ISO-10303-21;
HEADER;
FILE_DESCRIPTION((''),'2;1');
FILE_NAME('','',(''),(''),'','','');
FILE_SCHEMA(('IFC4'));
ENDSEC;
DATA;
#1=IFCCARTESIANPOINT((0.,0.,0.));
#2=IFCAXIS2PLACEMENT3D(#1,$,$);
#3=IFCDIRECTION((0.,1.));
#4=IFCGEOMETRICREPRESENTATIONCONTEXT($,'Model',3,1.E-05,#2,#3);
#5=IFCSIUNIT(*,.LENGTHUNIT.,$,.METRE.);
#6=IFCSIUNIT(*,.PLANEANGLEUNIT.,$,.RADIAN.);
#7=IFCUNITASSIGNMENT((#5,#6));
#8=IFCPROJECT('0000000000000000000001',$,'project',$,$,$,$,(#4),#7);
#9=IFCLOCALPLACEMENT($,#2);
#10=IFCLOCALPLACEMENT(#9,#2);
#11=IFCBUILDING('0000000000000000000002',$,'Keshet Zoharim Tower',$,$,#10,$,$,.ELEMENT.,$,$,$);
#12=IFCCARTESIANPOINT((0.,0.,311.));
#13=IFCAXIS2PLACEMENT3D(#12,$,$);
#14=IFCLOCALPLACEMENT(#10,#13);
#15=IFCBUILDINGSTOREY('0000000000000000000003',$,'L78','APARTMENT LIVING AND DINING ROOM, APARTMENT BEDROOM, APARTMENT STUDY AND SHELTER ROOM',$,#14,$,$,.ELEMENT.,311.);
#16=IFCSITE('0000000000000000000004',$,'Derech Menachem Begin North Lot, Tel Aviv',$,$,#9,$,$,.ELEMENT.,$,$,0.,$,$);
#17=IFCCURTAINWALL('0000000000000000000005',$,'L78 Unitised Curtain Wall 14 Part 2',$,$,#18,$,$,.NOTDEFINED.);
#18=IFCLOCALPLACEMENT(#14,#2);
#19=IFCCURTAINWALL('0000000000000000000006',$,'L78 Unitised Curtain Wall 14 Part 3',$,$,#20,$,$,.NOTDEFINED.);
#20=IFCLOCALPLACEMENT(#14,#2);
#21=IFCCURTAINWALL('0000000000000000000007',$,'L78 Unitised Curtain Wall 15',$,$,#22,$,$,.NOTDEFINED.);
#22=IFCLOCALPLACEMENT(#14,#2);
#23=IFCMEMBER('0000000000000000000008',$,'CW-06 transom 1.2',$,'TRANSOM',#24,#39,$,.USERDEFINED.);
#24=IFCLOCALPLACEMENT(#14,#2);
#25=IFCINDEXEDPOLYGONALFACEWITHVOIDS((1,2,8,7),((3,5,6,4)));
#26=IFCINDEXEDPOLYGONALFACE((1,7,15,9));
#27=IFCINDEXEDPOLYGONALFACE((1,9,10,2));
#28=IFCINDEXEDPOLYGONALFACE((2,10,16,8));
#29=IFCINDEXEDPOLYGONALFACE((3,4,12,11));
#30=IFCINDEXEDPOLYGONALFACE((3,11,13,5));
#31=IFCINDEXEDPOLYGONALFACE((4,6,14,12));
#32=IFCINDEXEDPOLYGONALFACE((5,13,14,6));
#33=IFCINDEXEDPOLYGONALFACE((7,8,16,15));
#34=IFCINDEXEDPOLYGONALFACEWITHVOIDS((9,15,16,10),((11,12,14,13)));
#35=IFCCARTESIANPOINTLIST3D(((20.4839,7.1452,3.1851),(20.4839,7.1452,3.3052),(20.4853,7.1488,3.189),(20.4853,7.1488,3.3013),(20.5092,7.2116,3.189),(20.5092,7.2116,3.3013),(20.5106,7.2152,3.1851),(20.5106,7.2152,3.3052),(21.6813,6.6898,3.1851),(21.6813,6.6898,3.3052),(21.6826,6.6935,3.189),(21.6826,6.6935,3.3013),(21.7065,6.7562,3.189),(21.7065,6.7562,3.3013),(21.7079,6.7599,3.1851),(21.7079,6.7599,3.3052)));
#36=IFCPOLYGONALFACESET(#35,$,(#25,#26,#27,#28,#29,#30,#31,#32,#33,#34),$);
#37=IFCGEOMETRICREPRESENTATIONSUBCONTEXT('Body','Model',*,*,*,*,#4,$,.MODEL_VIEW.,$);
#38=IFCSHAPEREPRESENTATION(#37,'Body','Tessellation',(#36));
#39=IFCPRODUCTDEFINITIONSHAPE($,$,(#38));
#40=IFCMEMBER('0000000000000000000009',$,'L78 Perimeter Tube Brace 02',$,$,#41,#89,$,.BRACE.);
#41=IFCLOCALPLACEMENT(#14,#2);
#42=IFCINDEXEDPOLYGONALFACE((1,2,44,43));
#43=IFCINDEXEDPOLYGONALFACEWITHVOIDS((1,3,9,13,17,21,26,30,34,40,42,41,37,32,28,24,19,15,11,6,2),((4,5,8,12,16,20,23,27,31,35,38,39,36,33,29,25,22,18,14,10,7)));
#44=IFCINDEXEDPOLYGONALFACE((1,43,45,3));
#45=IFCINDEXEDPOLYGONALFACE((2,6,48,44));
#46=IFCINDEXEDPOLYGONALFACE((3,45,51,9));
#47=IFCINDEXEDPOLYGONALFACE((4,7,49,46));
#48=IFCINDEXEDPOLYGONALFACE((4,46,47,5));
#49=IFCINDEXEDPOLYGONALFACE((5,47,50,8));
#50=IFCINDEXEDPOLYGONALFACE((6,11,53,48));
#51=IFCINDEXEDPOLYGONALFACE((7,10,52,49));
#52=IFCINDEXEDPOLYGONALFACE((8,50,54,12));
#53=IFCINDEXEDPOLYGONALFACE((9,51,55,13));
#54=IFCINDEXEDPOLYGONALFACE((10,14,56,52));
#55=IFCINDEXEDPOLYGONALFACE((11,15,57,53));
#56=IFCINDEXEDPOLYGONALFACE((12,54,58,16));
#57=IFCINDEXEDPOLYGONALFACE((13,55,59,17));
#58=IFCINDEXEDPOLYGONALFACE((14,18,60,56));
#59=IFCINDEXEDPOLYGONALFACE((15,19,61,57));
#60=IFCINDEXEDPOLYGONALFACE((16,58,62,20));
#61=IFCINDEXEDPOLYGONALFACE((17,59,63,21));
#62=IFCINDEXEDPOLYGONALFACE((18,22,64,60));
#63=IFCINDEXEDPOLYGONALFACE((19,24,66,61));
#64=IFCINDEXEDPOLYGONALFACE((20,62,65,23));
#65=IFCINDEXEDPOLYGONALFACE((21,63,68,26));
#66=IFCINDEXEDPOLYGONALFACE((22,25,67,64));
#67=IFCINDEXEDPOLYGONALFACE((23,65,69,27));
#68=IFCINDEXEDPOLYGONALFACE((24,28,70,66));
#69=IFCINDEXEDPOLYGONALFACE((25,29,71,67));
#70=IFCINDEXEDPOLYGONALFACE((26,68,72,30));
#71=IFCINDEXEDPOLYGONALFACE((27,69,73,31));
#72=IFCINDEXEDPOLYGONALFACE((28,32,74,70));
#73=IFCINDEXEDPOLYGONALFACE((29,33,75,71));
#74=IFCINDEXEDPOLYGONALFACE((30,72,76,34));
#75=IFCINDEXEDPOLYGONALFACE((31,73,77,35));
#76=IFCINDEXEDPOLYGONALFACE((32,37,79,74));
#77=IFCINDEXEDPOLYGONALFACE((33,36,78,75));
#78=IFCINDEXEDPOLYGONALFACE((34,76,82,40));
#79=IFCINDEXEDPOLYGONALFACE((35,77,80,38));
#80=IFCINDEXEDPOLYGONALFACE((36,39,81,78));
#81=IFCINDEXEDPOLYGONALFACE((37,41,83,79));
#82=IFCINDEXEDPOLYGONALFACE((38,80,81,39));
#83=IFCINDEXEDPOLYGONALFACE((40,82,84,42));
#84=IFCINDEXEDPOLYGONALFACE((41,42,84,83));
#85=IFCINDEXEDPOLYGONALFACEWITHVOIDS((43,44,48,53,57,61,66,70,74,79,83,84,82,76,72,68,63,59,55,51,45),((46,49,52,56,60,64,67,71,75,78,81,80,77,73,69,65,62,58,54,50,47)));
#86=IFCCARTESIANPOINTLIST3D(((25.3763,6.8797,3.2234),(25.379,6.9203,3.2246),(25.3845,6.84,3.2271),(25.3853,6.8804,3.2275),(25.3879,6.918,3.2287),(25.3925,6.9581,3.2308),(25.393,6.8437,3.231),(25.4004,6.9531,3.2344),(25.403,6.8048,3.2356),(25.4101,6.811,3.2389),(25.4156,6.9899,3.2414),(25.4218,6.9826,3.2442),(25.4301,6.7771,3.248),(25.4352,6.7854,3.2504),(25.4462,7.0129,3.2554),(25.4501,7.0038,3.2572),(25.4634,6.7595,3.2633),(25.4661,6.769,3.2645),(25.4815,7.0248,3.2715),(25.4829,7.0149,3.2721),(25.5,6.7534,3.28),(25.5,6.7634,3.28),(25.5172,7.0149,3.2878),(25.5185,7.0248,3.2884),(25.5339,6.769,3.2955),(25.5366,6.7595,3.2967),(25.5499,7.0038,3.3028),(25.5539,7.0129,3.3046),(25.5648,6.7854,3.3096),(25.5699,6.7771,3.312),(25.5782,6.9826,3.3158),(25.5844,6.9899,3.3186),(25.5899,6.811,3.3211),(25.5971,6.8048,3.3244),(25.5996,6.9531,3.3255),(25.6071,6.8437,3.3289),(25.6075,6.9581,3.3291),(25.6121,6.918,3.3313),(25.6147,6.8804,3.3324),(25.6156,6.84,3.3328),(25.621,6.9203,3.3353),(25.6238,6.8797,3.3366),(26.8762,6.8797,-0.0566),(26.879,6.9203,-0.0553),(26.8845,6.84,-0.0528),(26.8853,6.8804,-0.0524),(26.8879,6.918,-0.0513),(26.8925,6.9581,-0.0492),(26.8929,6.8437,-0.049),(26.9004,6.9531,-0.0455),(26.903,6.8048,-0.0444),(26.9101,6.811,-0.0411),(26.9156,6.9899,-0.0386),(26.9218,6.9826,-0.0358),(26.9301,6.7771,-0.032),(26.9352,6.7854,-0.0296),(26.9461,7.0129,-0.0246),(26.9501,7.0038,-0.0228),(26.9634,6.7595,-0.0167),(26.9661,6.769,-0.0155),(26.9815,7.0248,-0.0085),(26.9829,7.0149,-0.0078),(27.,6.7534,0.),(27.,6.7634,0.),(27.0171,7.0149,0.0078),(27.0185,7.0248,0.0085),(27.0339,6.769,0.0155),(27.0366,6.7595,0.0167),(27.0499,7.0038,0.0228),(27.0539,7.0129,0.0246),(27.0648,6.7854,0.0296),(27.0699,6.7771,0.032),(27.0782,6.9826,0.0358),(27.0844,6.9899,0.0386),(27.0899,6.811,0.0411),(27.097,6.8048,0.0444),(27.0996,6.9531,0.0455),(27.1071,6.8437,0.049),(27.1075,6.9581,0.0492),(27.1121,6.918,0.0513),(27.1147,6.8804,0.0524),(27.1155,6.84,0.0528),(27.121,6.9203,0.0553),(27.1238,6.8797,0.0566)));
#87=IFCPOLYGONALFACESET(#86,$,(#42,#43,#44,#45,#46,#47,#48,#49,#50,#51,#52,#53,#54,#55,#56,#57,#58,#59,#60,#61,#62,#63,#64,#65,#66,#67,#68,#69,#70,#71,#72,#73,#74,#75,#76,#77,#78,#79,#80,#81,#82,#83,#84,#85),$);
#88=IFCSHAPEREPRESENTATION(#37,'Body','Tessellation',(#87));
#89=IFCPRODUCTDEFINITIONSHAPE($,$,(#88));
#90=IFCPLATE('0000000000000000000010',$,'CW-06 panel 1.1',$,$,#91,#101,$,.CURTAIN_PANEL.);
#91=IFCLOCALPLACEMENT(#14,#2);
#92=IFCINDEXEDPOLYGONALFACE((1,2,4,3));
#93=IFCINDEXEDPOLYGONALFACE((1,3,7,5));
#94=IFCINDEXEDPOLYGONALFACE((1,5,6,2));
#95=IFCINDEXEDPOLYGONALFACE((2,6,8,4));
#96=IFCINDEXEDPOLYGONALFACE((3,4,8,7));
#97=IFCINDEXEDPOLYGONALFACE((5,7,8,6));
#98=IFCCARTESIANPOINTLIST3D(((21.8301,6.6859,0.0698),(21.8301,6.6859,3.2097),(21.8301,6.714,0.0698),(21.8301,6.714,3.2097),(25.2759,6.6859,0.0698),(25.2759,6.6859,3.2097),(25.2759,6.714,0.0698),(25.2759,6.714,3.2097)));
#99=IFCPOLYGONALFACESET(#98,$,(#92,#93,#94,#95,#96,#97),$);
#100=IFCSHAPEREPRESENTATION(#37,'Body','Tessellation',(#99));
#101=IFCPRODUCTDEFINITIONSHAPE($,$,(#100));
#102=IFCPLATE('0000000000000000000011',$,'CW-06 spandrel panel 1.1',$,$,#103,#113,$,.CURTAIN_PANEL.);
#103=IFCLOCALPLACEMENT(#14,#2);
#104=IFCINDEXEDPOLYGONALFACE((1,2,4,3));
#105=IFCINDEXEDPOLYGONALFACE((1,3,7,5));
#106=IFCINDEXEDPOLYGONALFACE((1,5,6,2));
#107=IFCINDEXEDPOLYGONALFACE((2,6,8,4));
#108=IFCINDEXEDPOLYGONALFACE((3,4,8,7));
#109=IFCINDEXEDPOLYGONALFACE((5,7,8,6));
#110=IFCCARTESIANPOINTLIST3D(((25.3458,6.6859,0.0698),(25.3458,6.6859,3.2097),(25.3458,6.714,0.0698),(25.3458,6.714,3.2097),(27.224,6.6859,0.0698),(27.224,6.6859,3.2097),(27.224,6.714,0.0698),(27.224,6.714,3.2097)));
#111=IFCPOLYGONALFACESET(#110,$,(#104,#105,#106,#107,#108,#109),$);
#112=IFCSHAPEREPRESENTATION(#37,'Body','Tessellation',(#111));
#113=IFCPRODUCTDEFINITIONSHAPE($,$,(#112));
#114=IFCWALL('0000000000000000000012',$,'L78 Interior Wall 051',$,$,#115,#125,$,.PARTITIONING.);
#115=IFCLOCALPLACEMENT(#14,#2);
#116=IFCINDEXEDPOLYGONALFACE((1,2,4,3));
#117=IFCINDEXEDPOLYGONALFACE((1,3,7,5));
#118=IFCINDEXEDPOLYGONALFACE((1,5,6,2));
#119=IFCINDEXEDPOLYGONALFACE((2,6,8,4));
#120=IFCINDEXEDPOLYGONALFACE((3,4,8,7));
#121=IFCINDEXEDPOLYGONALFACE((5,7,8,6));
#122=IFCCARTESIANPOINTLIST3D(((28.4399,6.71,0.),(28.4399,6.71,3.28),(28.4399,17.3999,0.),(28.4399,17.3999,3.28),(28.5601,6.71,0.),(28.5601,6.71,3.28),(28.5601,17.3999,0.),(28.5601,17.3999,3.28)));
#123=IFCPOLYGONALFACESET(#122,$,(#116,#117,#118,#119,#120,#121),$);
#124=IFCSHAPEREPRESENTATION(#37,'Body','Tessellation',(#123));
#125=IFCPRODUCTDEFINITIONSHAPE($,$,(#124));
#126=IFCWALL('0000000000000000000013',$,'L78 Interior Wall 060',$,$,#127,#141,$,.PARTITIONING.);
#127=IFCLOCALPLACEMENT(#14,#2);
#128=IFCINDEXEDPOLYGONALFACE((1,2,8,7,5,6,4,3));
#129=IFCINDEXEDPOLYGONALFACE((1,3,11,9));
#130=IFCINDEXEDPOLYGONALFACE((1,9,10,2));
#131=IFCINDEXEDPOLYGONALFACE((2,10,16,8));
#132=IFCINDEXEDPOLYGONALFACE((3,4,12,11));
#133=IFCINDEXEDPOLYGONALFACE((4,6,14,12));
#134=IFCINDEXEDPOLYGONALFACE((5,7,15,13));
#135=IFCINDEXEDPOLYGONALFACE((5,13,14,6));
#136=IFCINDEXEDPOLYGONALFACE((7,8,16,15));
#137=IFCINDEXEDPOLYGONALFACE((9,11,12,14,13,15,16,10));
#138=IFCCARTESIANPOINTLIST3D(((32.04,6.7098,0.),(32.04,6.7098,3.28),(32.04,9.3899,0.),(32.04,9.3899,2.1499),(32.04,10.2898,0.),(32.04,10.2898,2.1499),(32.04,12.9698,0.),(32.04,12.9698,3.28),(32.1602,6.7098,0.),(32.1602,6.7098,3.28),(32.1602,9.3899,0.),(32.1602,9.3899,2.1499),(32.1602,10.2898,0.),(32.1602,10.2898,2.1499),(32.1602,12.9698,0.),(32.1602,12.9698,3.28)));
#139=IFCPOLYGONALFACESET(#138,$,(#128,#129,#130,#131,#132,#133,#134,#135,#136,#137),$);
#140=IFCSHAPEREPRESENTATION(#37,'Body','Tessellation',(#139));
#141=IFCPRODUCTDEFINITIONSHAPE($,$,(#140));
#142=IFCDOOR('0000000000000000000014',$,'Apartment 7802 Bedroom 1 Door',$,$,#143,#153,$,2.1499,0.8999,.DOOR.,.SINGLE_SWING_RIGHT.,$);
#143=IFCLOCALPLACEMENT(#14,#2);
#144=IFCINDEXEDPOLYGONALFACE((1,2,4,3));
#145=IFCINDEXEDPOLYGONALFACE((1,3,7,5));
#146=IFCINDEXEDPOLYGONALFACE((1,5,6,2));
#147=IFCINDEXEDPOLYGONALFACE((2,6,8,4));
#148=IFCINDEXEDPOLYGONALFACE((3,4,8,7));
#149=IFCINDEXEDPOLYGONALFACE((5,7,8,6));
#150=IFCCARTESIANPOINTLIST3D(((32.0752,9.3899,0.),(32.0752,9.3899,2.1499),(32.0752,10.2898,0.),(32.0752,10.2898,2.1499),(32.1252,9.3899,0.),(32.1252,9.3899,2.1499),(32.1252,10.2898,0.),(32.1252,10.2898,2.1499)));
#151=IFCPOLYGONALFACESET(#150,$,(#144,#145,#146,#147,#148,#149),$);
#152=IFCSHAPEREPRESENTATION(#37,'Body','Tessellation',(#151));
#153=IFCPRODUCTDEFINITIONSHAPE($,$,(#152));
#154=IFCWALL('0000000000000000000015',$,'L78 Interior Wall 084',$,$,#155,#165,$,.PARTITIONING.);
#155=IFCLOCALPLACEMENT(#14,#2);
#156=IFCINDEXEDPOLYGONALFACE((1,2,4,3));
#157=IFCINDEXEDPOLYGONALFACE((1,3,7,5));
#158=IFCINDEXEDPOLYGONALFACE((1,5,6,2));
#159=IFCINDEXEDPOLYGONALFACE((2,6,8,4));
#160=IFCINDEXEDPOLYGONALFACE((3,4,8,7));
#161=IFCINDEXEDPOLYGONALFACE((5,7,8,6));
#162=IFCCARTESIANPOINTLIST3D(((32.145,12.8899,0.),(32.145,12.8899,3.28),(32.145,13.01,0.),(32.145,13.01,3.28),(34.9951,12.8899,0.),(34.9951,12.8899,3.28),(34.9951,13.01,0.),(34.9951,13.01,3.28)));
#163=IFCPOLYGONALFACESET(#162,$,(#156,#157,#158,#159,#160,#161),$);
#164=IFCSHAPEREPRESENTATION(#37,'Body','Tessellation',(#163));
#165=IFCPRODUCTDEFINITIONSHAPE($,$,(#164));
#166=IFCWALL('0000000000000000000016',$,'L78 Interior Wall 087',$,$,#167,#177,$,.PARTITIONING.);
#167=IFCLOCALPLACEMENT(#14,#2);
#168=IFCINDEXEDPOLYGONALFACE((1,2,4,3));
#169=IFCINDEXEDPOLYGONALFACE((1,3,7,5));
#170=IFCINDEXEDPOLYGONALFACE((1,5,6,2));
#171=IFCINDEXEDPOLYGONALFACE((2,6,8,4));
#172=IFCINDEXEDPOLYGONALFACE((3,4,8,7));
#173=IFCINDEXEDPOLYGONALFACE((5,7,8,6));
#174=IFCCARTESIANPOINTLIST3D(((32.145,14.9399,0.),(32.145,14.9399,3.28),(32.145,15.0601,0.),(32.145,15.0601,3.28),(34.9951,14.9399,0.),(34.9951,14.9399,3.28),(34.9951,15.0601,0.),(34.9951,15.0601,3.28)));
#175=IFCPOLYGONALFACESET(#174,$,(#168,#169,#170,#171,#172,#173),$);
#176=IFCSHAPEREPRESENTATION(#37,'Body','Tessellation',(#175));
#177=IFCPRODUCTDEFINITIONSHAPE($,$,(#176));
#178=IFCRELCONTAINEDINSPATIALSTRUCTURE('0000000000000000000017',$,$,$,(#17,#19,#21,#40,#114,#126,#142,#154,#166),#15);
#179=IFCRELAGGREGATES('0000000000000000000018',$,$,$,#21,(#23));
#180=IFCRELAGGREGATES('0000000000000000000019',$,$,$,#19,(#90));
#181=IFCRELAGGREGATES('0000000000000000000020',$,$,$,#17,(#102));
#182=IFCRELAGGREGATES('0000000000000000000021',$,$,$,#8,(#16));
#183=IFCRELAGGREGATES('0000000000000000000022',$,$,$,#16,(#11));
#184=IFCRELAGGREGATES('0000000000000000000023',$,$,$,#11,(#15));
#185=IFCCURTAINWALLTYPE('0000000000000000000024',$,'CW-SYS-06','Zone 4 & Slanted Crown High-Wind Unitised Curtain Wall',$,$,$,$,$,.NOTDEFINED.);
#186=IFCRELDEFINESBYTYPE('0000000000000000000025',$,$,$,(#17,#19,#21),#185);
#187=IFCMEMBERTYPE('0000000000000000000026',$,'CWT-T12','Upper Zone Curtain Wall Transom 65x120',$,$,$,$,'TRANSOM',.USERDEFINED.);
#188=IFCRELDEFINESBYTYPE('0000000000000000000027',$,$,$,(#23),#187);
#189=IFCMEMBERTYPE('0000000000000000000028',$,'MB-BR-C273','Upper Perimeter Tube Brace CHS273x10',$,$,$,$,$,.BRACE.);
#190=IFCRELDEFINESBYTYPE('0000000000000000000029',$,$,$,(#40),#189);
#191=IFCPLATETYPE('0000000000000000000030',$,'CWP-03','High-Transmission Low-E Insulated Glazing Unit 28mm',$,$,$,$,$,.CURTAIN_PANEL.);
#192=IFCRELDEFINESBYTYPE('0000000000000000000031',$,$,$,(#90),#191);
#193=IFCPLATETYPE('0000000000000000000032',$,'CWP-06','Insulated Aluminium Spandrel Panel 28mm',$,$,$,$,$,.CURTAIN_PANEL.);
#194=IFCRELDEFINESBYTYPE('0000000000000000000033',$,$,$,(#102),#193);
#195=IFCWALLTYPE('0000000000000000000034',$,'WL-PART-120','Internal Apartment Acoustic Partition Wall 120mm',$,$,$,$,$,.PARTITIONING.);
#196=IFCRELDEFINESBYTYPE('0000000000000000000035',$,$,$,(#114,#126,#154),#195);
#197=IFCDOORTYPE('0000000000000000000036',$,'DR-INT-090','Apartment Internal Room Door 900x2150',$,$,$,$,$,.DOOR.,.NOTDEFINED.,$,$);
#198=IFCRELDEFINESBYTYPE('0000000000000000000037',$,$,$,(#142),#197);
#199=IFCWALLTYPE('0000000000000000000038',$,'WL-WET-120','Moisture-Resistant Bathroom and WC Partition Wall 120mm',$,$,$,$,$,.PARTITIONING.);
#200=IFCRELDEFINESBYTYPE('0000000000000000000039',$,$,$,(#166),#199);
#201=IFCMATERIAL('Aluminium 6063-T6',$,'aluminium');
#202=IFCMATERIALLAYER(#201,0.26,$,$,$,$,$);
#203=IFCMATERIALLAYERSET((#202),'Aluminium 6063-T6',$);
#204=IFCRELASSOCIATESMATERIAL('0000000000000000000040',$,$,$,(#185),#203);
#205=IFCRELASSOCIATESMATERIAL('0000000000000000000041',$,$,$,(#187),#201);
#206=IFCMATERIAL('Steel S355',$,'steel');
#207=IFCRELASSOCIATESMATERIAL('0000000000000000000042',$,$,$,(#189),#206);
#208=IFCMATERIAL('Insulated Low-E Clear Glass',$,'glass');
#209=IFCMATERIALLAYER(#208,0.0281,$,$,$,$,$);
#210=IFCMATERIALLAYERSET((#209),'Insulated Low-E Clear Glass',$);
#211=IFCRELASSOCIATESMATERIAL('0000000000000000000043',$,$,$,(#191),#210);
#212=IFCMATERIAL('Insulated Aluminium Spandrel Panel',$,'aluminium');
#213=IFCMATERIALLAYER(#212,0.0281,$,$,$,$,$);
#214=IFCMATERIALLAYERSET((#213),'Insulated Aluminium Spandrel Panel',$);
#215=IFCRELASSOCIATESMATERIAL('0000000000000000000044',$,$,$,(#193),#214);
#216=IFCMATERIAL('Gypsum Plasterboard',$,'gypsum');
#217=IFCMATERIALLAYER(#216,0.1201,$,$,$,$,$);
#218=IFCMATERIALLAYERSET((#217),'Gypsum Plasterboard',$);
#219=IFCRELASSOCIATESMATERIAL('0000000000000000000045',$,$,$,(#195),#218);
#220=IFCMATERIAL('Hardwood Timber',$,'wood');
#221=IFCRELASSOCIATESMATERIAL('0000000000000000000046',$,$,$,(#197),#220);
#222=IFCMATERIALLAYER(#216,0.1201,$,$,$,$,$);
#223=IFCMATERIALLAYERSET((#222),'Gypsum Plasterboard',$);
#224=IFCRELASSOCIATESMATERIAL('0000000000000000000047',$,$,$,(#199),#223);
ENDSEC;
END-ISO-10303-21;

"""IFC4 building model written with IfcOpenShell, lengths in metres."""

from ifc_helpers import new_model, si_unit, direction, frame, frame_2d, origin, origin_2d, place, context, subcontext, project, spatial, rectangle, hollow_rectangle, hollow_circle, extrude, material, layer, layer_set, material_profile, profile_set, type_object, element, fill, aggregate, save


model = new_model("IFC4")

# Units and contexts
model_context = context("Model", 3, precision=1e-05, world=origin(), true_north=direction((0.0, 1.0)))
body_context = subcontext(model_context, "Body", "Model", "MODEL_VIEW")
ifc_project = project(units=[si_unit("LENGTHUNIT", "METRE"), si_unit("PLANEANGLEUNIT", "RADIAN")], contexts=[model_context])

# Site, building, storey
site_placement = place(None, origin())
site = spatial("IfcSite", under=ifc_project, at=site_placement, Name="Derech Menachem Begin North Lot, Tel Aviv", CompositionType="ELEMENT", RefElevation=0.0)
building_placement = place(site_placement, origin())
building = spatial("IfcBuilding", under=site, at=building_placement, Name="Keshet Zoharim Tower", CompositionType="ELEMENT")
storey_placement = place(building_placement, frame((0.0, 0.0, 311.0)))
storey = spatial("IfcBuildingStorey", under=building, at=storey_placement, Name="L78", Description="APARTMENT LIVING AND DINING ROOM, APARTMENT BEDROOM, APARTMENT STUDY AND SHELTER ROOM", CompositionType="ELEMENT", Elevation=311.0)

# Shared definitions
ifc_material_1 = material(Name="Steel S355", Category="steel")

# Curtain walls
ifc_material_2 = material(Name="Aluminium 6063-T6", Category="aluminium")
ifc_layer_1 = layer(ifc_material_2, 0.26)
ifc_layer_set_1 = layer_set([ifc_layer_1], Name="Aluminium 6063-T6")
curtain_wall_type = type_object("IfcCurtainWallType", Name="CW-SYS-06", Description="Zone 4 & Slanted Crown High-Wind Unitised Curtain Wall", PredefinedType="NOTDEFINED", material=ifc_layer_set_1)
curtain_wall_1_placement = place(storey_placement, origin())
curtain_wall_1 = element("IfcCurtainWall", 1, at=curtain_wall_1_placement, inside=storey, type_object=curtain_wall_type, Name="L78 Unitised Curtain Wall 14 Part 2", PredefinedType="NOTDEFINED")
curtain_wall_2_placement = place(storey_placement, origin())
curtain_wall_2 = element("IfcCurtainWall", 2, at=curtain_wall_2_placement, inside=storey, type_object=curtain_wall_type, Name="L78 Unitised Curtain Wall 14 Part 3", PredefinedType="NOTDEFINED")
curtain_wall_3_placement = place(storey_placement, origin())
curtain_wall_3 = element("IfcCurtainWall", 3, at=curtain_wall_3_placement, inside=storey, type_object=curtain_wall_type, Name="L78 Unitised Curtain Wall 15", PredefinedType="NOTDEFINED")

# Members
ifc_material_profile_1 = material_profile(ifc_material_2, hollow_rectangle(XDim=0.075, YDim=0.1201, WallThickness=0.0039, at=origin_2d()), Name="TRN-75x120")
ifc_profile_set_1 = profile_set([ifc_material_profile_1], Name="Aluminium 6063-T6")
member_type_1 = type_object("IfcMemberType", Name="CWT-T12", Description="Upper Zone Curtain Wall Transom 65x120", ElementType="TRANSOM", PredefinedType="USERDEFINED", material=ifc_profile_set_1)
member_1_placement = place(storey_placement, frame((21.6946, 6.7249, 3.2451), z_axis=(-0.93469, 0.355464, 0.0), x_axis=(-0.355464, -0.93469, 0.0)))
member_1 = element("IfcMember", 4, at=member_1_placement, type_object=member_type_1, Name="CW-06 transom 1.2", ObjectType="TRANSOM", PredefinedType="USERDEFINED", context=body_context, shape_type="SweptSolid", body=[
    extrude(hollow_rectangle(XDim=0.075, YDim=0.1201, WallThickness=0.0039, at=origin_2d()), origin(), (0.0, 0.0, 1.0), 1.281),
])
aggregate(curtain_wall_3, [member_1])
ifc_material_profile_2 = material_profile(ifc_material_1, hollow_circle(Radius=0.1365, WallThickness=0.01, at=origin_2d()), Name="CHS273x10")
ifc_profile_set_2 = profile_set([ifc_material_profile_2], Name="Steel S355")
member_type_2 = type_object("IfcMemberType", Name="MB-BR-C273", Description="Upper Perimeter Tube Brace CHS273x10", PredefinedType="BRACE", material=ifc_profile_set_2)
member_2_placement = place(storey_placement, frame((27.0, 6.8899, 0.0), z_axis=(-0.415888, 0.0, 0.909416), x_axis=(0.0, -1.0, 0.0)))
element("IfcMember", 5, at=member_2_placement, inside=storey, type_object=member_type_2, Name="L78 Perimeter Tube Brace 02", PredefinedType="BRACE", context=body_context, shape_type="SweptSolid", body=[
    extrude(hollow_circle(Radius=0.1365, WallThickness=0.01, at=origin_2d()), origin(), (0.0, 0.0, 1.0), 3.6067),
])

# Plates
ifc_material_3 = material(Name="Insulated Low-E Clear Glass", Category="glass")
ifc_layer_2 = layer(ifc_material_3, 0.0281)
ifc_layer_set_2 = layer_set([ifc_layer_2], Name="Insulated Low-E Clear Glass")
plate_type_1 = type_object("IfcPlateType", Name="CWP-03", Description="High-Transmission Low-E Insulated Glazing Unit 28mm", PredefinedType="CURTAIN_PANEL", material=ifc_layer_set_2)
plate_1_placement = place(storey_placement, frame((23.553, 6.7, 0.0698), z_axis=(0.0, 0.0, 1.0), x_axis=(-1.0, 0.0, 0.0)))
plate_1 = element("IfcPlate", 6, at=plate_1_placement, type_object=plate_type_1, Name="CW-06 panel 1.1", PredefinedType="CURTAIN_PANEL", context=body_context, shape_type="SweptSolid", body=[
    extrude(rectangle(XDim=3.4458, YDim=0.0281, at=origin_2d()), origin(), (0.0, 0.0, 1.0), 3.1399),
])
aggregate(curtain_wall_2, [plate_1])
ifc_material_4 = material(Name="Insulated Aluminium Spandrel Panel", Category="aluminium")
ifc_layer_3 = layer(ifc_material_4, 0.0281)
ifc_layer_set_3 = layer_set([ifc_layer_3], Name="Insulated Aluminium Spandrel Panel")
plate_type_2 = type_object("IfcPlateType", Name="CWP-06", Description="Insulated Aluminium Spandrel Panel 28mm", PredefinedType="CURTAIN_PANEL", material=ifc_layer_set_3)
plate_2_placement = place(storey_placement, frame((26.2849, 6.7, 0.0698), z_axis=(0.0, 0.0, 1.0), x_axis=(-1.0, 0.0, 0.0)))
plate_2 = element("IfcPlate", 7, at=plate_2_placement, type_object=plate_type_2, Name="CW-06 spandrel panel 1.1", PredefinedType="CURTAIN_PANEL", context=body_context, shape_type="SweptSolid", body=[
    extrude(rectangle(XDim=1.8782, YDim=0.0281, at=origin_2d()), origin(), (0.0, 0.0, 1.0), 3.1399),
])
aggregate(curtain_wall_1, [plate_2])

# Wall
ifc_material_5 = material(Name="Gypsum Plasterboard", Category="gypsum")
ifc_layer_4 = layer(ifc_material_5, 0.1201)
ifc_layer_set_4 = layer_set([ifc_layer_4], Name="Gypsum Plasterboard")
wall_type_1 = type_object("IfcWallType", Name="WL-PART-120", Description="Internal Apartment Acoustic Partition Wall 120mm", PredefinedType="PARTITIONING", material=ifc_layer_set_4)
wall_1_placement = place(storey_placement, frame((28.5, 6.71, 0.0), z_axis=(0.0, 0.0, 1.0), x_axis=(0.0, 1.0, 0.0)))
element("IfcWall", 8, at=wall_1_placement, inside=storey, type_object=wall_type_1, Name="L78 Interior Wall 051", PredefinedType="PARTITIONING", context=body_context, shape_type="SweptSolid", body=[
    extrude(rectangle(XDim=10.6899, YDim=0.1201, at=frame_2d((5.345, 0.0))), origin(), (0.0, 0.0, 1.0), 3.28),
])

# Wall, opening, door
wall_2_placement = place(storey_placement, frame((32.1001, 6.71, 0.0), z_axis=(0.0, 0.0, 1.0), x_axis=(0.0, 1.0, 0.0)))
wall_2 = element("IfcWall", 9, at=wall_2_placement, inside=storey, type_object=wall_type_1, Name="L78 Interior Wall 060", PredefinedType="PARTITIONING", context=body_context, shape_type="SweptSolid", body=[
    extrude(rectangle(XDim=6.26, YDim=0.1201, at=frame_2d((3.1299, 0.0))), origin(), (0.0, 0.0, 1.0), 3.28),
])
opening_1_placement = place(wall_2_placement, frame((2.6799, 0.0, 0.0)))
opening_1 = element("IfcOpeningElement", 10, at=opening_1_placement, cuts=wall_2, PredefinedType="OPENING", context=body_context, shape_type="SweptSolid", body=[
    extrude(rectangle(XDim=0.8999, YDim=2.1499, at=frame_2d((0.45, 1.075))), frame((0.0, 0.0701, 0.0), z_axis=(0.0, -1.0, 0.0), x_axis=(1.0, 0.0, 0.0)), (0.0, 0.0, 1.0), 0.1401),
])
ifc_material_6 = material(Name="Hardwood Timber", Category="wood")
door_type = type_object("IfcDoorType", Name="DR-INT-090", Description="Apartment Internal Room Door 900x2150", OperationType="NOTDEFINED", PredefinedType="DOOR", material=ifc_material_6)
door_1_placement = place(opening_1_placement, origin())
door_1 = element("IfcDoor", 11, at=door_1_placement, inside=storey, type_object=door_type, Name="Apartment 7802 Bedroom 1 Door", OperationType="SINGLE_SWING_RIGHT", OverallHeight=2.1499, OverallWidth=0.8999, PredefinedType="DOOR", context=body_context, shape_type="SweptSolid", body=[
    extrude(rectangle(XDim=0.8999, YDim=2.1499, at=frame_2d((0.45, 1.075))), frame((0.0, 0.0249, 0.0), z_axis=(0.0, -1.0, 0.0), x_axis=(1.0, 0.0, 0.0)), (0.0, 0.0, 1.0), 0.05),
])
fill(opening_1, door_1)

# Walls
wall_3_placement = place(storey_placement, frame((32.145, 12.95, 0.0), z_axis=(0.0, 0.0, 1.0), x_axis=(1.0, 0.0, 0.0)))
element("IfcWall", 12, at=wall_3_placement, inside=storey, type_object=wall_type_1, Name="L78 Interior Wall 084", PredefinedType="PARTITIONING", context=body_context, shape_type="SweptSolid", body=[
    extrude(rectangle(XDim=2.8501, YDim=0.1201, at=frame_2d((1.425, 0.0))), origin(), (0.0, 0.0, 1.0), 3.28),
])
ifc_layer_5 = layer(ifc_material_5, 0.1201)
ifc_layer_set_5 = layer_set([ifc_layer_5], Name="Gypsum Plasterboard")
wall_type_2 = type_object("IfcWallType", Name="WL-WET-120", Description="Moisture-Resistant Bathroom and WC Partition Wall 120mm", PredefinedType="PARTITIONING", material=ifc_layer_set_5)
wall_4_placement = place(storey_placement, frame((32.145, 15.0, 0.0), z_axis=(0.0, 0.0, 1.0), x_axis=(1.0, 0.0, 0.0)))
element("IfcWall", 13, at=wall_4_placement, inside=storey, type_object=wall_type_2, Name="L78 Interior Wall 087", PredefinedType="PARTITIONING", context=body_context, shape_type="SweptSolid", body=[
    extrude(rectangle(XDim=2.8501, YDim=0.1201, at=frame_2d((1.425, 0.0))), origin(), (0.0, 0.0, 1.0), 3.28),
])

save(model, "model.ifc")
